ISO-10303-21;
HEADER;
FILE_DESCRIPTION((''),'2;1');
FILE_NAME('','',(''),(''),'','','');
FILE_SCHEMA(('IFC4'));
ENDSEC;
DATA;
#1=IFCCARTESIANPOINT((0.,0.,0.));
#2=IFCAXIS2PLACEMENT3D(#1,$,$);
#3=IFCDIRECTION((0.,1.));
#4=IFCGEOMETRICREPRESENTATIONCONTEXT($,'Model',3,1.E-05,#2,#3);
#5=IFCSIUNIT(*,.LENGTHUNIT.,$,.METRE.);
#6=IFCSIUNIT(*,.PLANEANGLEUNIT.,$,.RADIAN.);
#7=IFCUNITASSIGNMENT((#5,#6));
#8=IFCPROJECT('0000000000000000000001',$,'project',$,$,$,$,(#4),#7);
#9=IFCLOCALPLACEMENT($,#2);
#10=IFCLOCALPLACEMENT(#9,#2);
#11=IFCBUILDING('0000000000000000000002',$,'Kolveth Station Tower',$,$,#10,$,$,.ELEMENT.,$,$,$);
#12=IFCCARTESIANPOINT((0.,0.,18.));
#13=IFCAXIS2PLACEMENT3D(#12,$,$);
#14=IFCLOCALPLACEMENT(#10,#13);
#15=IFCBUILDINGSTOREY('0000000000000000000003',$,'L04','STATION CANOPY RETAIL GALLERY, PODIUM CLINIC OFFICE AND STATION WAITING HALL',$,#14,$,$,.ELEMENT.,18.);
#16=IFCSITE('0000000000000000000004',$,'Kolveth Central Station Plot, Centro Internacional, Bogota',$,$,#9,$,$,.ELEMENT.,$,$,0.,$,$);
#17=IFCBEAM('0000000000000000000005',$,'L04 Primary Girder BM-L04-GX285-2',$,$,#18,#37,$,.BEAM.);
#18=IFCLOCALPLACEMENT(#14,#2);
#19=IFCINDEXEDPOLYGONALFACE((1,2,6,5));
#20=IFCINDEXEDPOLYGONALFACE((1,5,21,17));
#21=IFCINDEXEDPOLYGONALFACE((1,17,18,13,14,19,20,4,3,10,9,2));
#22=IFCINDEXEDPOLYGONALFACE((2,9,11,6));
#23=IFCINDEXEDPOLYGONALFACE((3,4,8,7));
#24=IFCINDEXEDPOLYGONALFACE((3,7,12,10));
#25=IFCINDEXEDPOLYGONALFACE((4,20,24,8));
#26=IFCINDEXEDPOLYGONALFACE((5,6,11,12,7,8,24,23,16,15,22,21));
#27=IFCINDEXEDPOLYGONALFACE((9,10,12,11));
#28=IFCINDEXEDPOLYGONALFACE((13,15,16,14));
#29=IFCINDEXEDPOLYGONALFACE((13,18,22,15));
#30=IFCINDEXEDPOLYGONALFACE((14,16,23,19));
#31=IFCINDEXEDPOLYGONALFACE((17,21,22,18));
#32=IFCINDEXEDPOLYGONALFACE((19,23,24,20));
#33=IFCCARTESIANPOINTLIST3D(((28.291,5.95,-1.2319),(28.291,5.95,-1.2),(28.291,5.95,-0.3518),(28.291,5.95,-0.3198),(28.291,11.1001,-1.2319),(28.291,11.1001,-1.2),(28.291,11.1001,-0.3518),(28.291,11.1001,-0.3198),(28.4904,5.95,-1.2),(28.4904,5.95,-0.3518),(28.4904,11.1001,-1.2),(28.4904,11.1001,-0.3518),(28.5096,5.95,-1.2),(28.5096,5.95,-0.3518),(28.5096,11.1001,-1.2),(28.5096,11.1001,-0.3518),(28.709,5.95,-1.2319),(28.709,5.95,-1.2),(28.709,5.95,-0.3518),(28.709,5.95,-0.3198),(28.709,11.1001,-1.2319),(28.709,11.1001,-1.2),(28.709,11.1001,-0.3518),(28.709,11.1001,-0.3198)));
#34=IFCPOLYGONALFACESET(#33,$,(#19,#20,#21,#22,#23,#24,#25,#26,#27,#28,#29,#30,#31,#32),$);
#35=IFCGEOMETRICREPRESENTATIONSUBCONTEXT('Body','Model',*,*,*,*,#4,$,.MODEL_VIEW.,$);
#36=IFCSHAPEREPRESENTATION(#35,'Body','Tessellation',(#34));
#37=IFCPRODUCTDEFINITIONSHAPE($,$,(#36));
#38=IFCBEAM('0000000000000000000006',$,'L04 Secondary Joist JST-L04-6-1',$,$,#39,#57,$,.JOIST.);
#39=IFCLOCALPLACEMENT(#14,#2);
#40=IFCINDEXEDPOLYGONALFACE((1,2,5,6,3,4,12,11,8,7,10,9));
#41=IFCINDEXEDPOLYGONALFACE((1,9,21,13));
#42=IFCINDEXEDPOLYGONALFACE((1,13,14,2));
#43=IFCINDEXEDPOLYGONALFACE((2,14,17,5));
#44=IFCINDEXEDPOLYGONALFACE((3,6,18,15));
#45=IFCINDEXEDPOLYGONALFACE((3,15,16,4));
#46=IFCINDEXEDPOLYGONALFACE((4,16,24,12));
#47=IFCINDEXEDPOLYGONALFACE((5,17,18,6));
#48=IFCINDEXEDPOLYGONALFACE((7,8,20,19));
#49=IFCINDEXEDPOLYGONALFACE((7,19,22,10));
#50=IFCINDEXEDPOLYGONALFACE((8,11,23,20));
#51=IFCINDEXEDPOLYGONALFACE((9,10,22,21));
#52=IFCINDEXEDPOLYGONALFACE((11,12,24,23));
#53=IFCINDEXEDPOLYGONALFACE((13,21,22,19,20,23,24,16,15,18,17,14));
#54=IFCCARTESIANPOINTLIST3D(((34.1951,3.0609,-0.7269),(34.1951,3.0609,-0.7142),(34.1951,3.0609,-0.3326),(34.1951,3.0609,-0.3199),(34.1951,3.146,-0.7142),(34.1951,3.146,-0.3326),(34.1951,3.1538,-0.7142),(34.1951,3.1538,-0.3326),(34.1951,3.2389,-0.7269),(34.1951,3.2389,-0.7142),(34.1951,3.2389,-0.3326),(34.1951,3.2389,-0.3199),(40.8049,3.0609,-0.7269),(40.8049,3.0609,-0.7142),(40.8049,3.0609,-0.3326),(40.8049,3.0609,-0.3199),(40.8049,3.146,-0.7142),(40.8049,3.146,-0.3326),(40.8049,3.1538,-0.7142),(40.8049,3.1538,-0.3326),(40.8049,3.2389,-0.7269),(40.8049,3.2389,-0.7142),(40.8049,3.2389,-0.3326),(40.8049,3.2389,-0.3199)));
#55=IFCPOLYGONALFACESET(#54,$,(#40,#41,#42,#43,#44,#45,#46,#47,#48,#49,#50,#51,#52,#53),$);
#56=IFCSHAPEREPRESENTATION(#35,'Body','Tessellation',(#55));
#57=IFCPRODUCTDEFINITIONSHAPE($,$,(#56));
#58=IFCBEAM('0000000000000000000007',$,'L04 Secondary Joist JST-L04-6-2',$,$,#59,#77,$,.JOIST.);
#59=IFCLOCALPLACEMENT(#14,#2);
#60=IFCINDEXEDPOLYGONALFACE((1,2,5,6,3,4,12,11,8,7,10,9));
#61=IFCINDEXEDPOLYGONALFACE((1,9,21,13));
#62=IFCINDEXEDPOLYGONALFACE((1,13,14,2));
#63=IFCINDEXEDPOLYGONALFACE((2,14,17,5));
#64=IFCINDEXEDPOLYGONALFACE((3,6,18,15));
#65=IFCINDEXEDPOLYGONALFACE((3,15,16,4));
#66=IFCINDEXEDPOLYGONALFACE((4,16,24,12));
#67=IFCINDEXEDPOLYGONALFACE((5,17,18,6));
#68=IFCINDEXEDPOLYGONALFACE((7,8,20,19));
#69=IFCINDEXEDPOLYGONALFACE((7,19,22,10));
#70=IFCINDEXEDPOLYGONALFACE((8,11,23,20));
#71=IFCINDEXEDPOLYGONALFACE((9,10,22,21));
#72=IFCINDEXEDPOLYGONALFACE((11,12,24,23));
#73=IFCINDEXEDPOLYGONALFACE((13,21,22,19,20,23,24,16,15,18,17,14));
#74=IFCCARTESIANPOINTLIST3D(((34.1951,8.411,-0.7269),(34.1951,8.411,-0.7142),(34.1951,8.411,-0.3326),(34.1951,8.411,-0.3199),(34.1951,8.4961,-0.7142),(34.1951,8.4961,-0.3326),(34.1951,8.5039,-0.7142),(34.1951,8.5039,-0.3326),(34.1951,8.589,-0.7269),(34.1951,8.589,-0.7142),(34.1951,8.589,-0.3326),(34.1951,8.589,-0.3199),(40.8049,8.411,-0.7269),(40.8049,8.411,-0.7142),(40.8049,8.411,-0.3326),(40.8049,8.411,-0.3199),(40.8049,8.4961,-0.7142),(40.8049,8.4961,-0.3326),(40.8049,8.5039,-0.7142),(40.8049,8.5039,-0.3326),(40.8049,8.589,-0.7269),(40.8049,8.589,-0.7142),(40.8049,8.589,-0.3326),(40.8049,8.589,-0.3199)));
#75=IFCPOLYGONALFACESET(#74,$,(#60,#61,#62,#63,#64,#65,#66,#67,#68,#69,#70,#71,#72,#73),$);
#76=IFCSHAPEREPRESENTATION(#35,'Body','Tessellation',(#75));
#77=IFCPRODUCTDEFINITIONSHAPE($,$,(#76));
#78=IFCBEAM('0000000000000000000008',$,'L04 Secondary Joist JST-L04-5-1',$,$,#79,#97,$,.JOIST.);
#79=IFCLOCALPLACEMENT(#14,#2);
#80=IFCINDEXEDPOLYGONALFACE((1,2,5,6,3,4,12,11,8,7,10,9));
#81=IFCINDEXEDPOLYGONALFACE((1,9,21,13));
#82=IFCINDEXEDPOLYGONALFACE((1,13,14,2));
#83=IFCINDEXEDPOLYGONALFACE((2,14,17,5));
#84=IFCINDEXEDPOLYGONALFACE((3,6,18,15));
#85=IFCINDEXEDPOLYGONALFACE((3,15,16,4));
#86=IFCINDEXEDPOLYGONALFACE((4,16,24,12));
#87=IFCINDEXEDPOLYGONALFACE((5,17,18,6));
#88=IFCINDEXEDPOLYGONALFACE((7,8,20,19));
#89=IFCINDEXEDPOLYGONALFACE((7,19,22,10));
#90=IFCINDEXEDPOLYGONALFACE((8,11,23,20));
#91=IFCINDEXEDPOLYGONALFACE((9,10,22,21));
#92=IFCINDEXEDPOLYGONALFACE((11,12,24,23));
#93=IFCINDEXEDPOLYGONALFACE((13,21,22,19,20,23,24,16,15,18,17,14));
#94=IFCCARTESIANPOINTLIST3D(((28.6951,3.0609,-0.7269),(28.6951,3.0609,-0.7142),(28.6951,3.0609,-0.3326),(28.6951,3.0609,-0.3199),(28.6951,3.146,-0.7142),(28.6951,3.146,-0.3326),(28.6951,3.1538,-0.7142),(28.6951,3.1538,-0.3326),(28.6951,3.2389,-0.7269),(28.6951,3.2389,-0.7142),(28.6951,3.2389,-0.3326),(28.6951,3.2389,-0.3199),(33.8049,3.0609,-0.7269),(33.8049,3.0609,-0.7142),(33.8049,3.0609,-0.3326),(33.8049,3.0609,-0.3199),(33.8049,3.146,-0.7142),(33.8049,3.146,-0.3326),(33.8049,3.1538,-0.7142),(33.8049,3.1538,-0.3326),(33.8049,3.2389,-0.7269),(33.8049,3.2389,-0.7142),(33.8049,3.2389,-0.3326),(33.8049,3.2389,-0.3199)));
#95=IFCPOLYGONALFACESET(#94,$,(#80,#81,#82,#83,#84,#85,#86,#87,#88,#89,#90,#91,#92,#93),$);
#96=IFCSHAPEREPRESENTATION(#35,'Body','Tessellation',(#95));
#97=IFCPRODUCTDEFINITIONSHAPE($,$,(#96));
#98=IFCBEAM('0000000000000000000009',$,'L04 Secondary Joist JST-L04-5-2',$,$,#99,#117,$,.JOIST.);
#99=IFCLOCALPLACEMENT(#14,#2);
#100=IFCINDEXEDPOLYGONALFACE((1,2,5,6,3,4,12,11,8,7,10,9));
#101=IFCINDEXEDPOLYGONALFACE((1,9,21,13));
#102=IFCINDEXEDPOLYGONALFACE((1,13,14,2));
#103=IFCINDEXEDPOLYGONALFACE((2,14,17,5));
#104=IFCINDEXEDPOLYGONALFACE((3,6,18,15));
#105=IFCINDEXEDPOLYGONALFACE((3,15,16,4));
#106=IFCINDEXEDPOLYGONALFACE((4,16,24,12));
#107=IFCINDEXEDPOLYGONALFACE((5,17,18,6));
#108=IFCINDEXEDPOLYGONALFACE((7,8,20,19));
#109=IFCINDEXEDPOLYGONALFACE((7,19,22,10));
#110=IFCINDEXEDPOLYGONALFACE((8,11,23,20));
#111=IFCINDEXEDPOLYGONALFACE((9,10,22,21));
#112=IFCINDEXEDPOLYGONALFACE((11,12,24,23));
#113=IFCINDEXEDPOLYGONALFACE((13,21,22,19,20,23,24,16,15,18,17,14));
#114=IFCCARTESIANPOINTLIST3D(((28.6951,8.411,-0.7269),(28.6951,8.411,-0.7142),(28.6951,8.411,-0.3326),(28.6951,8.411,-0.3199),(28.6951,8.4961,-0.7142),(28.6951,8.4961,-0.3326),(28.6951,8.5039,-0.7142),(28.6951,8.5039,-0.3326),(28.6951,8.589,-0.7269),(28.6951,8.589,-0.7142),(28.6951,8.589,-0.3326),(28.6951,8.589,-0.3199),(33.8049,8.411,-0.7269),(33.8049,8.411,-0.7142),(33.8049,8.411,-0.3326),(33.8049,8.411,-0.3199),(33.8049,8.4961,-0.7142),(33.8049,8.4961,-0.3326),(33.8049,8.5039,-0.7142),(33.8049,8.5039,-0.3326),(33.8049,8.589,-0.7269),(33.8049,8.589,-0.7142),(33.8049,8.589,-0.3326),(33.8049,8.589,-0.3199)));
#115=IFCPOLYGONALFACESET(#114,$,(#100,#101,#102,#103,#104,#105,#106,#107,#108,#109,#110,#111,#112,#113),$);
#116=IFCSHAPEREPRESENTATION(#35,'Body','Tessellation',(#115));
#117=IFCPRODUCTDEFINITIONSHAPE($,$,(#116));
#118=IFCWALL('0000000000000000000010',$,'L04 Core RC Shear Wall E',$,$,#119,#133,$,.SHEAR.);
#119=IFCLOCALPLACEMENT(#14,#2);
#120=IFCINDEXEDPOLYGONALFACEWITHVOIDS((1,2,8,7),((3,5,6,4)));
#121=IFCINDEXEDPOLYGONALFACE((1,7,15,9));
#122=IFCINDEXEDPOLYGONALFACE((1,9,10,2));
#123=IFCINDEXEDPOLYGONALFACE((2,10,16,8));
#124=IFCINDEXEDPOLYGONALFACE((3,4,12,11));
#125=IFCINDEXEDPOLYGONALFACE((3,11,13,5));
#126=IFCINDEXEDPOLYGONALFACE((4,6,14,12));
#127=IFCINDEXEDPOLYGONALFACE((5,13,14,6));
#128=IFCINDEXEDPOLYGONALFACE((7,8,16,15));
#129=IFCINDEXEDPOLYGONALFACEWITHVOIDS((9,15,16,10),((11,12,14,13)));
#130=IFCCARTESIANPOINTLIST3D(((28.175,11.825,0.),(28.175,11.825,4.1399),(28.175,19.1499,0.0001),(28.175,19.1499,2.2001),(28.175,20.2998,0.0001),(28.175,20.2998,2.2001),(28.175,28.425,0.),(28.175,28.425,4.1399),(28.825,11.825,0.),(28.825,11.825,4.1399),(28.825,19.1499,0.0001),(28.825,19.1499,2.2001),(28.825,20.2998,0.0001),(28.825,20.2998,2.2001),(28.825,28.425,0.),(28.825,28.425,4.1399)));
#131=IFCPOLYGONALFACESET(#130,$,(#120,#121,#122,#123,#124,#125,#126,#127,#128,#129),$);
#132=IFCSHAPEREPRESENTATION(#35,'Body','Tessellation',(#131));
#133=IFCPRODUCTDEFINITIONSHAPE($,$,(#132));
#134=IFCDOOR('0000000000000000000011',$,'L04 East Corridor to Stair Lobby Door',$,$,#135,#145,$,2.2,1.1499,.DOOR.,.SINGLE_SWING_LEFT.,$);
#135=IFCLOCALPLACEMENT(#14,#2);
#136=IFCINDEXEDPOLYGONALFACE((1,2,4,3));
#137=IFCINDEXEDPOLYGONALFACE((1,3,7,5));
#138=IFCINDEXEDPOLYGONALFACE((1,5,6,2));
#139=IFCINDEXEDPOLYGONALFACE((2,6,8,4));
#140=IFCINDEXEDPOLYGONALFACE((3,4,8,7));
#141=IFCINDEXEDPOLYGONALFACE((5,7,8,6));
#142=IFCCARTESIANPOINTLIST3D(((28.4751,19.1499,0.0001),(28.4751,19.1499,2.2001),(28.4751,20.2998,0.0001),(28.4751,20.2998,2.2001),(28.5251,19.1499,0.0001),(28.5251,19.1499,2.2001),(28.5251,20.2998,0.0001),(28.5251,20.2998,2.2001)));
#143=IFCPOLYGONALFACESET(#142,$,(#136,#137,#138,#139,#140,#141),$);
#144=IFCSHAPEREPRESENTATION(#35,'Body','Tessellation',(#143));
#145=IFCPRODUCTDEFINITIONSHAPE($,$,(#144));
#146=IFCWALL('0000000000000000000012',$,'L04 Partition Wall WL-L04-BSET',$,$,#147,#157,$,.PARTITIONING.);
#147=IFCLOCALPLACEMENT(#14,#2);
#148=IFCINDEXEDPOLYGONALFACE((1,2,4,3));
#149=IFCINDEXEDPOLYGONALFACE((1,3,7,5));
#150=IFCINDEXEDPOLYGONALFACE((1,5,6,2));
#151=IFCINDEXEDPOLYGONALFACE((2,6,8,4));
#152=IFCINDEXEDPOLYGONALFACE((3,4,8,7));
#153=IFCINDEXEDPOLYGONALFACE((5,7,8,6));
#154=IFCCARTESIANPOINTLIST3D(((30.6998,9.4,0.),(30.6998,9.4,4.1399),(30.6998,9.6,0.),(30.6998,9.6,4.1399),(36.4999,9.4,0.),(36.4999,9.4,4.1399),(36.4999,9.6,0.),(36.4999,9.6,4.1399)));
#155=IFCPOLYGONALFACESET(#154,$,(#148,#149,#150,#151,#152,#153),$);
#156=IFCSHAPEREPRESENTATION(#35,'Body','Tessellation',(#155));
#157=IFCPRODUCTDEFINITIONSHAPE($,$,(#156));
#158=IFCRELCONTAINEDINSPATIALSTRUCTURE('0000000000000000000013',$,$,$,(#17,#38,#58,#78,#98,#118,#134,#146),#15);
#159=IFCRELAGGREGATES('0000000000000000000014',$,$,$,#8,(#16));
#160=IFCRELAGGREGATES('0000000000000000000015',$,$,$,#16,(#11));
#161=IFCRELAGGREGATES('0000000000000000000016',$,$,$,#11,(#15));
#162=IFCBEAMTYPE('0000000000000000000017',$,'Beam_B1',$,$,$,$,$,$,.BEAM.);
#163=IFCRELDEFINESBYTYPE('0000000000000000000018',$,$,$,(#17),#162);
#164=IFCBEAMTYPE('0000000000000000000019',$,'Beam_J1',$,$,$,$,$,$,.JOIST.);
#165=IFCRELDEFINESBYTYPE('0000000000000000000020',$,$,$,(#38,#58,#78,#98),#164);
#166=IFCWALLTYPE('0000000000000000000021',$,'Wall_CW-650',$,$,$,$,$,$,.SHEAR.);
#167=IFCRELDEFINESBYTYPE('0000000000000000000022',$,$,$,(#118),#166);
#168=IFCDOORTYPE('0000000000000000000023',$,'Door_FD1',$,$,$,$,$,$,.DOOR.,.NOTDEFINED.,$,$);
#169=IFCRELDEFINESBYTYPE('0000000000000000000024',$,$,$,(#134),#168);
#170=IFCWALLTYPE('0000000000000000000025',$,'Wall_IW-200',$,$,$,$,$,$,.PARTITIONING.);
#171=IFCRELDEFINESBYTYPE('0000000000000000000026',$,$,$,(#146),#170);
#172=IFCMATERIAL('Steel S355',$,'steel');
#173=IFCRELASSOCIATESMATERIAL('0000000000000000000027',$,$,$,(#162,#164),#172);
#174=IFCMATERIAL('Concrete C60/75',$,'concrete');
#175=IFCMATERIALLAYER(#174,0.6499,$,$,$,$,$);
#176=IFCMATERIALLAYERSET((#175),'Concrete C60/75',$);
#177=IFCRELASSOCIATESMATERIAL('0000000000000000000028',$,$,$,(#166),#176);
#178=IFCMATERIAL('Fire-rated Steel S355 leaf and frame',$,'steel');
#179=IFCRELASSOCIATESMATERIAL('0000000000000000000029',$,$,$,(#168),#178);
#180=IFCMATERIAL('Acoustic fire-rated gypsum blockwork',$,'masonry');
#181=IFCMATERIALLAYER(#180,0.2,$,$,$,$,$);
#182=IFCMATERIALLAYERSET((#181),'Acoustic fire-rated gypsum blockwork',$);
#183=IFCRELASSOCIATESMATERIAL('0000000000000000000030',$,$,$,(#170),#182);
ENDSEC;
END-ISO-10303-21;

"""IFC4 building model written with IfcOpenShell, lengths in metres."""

from ifc_helpers import new_model, si_unit, direction, frame, frame_2d, origin, origin_2d, place, context, subcontext, project, spatial, rectangle, i_section, extrude, source, transform, mapped, material, layer, layer_set, material_profile, profile_set, type_object, element, fill, save


model = new_model("IFC4")

# Units and contexts
model_context = context("Model", 3, precision=1e-05, world=origin(), true_north=direction((0.0, 1.0)))
body_context = subcontext(model_context, "Body", "Model", "MODEL_VIEW")
ifc_project = project(units=[si_unit("LENGTHUNIT", "METRE"), si_unit("PLANEANGLEUNIT", "RADIAN")], contexts=[model_context])

# Site, building, storey
site_placement = place(None, origin())
site = spatial("IfcSite", under=ifc_project, at=site_placement, Name="Kolveth Central Station Plot, Centro Internacional, Bogota", CompositionType="ELEMENT", RefElevation=0.0)
building_placement = place(site_placement, origin())
building = spatial("IfcBuilding", under=site, at=building_placement, Name="Kolveth Station Tower", CompositionType="ELEMENT")
storey_placement = place(building_placement, frame((0.0, 0.0, 18.0)))
storey = spatial("IfcBuildingStorey", under=building, at=storey_placement, Name="L04", Description="STATION CANOPY RETAIL GALLERY, PODIUM CLINIC OFFICE AND STATION WAITING HALL", CompositionType="ELEMENT", Elevation=18.0)

# Beams
ifc_material_1 = material(Name="Steel S355", Category="steel")
ifc_material_profile_1 = material_profile(ifc_material_1, i_section(OverallWidth=0.418, OverallDepth=0.9121, WebThickness=0.0193, FlangeThickness=0.032, at=origin_2d()), Name="W920x342")
ifc_profile_set_1 = profile_set([ifc_material_profile_1], Name="Steel S355")
beam_type_1 = type_object("IfcBeamType", Name="Beam_B1", PredefinedType="BEAM", material=ifc_profile_set_1)
shared_shape_1 = source(origin(), body_context, "Body", "SweptSolid", [
    extrude(i_section(OverallWidth=0.418, OverallDepth=0.9121, WebThickness=0.0193, FlangeThickness=0.032, at=origin_2d()), origin(), (0.0, 0.0, 1.0), 5.1501),
])
beam_1_placement = place(storey_placement, frame((28.5, 5.95, -0.7759), z_axis=(0.0, 1.0, 0.0), x_axis=(-1.0, 0.0, 0.0)))
element("IfcBeam", 1, at=beam_1_placement, inside=storey, type_object=beam_type_1, Name="L04 Primary Girder BM-L04-GX285-2", PredefinedType="BEAM", context=body_context, shape_type="MappedRepresentation", body=[
    mapped(shared_shape_1, transform((0.0, 0.0, 0.0), x_axis=(1.0, 0.0, 0.0), y_axis=(0.0, 1.0, 0.0), z_axis=(0.0, 0.0, 1.0), scale=1.0)),
])
ifc_material_profile_2 = material_profile(ifc_material_1, i_section(OverallWidth=0.178, OverallDepth=0.407, WebThickness=0.0078, FlangeThickness=0.0127, at=origin_2d()), Name="W410x60")
ifc_profile_set_2 = profile_set([ifc_material_profile_2], Name="Steel S355")
beam_type_2 = type_object("IfcBeamType", Name="Beam_J1", PredefinedType="JOIST", material=ifc_profile_set_2)
shared_shape_2 = source(origin(), body_context, "Body", "SweptSolid", [
    extrude(i_section(OverallWidth=0.178, OverallDepth=0.407, WebThickness=0.0078, FlangeThickness=0.0127, at=origin_2d()), origin(), (0.0, 0.0, 1.0), 6.6099),
])
for number, where, z_axis, x_axis, name in (
    (2, (34.1951, 3.1499, -0.5234), (1.0, 0.0, 0.0), (0.0, 1.0, 0.0), "L04 Secondary Joist JST-L04-6-1"),
    (3, (34.1951, 8.5, -0.5234), (1.0, 0.0, 0.0), (0.0, 1.0, 0.0), "L04 Secondary Joist JST-L04-6-2"),
):
    element("IfcBeam", number, at=place(storey_placement, frame(where, z_axis=z_axis, x_axis=x_axis)), inside=storey, type_object=beam_type_2, Name=name, PredefinedType="JOIST", context=body_context, shape_type="MappedRepresentation", body=[
        mapped(shared_shape_2, transform((0.0, 0.0, 0.0), x_axis=(1.0, 0.0, 0.0), y_axis=(0.0, 1.0, 0.0), z_axis=(0.0, 0.0, 1.0), scale=1.0)),
    ])
shared_shape_3 = source(origin(), body_context, "Body", "SweptSolid", [
    extrude(i_section(OverallWidth=0.178, OverallDepth=0.407, WebThickness=0.0078, FlangeThickness=0.0127, at=origin_2d()), origin(), (0.0, 0.0, 1.0), 5.1099),
])
for number, where, z_axis, x_axis, name in (
    (4, (28.6951, 3.1499, -0.5234), (1.0, 0.0, 0.0), (0.0, 1.0, 0.0), "L04 Secondary Joist JST-L04-5-1"),
    (5, (28.6951, 8.5, -0.5234), (1.0, 0.0, 0.0), (0.0, 1.0, 0.0), "L04 Secondary Joist JST-L04-5-2"),
):
    element("IfcBeam", number, at=place(storey_placement, frame(where, z_axis=z_axis, x_axis=x_axis)), inside=storey, type_object=beam_type_2, Name=name, PredefinedType="JOIST", context=body_context, shape_type="MappedRepresentation", body=[
        mapped(shared_shape_3, transform((0.0, 0.0, 0.0), x_axis=(1.0, 0.0, 0.0), y_axis=(0.0, 1.0, 0.0), z_axis=(0.0, 0.0, 1.0), scale=1.0)),
    ])

# Wall, opening, door
ifc_material_2 = material(Name="Concrete C60/75", Category="concrete")
ifc_layer_1 = layer(ifc_material_2, 0.6499)
ifc_layer_set_1 = layer_set([ifc_layer_1], Name="Concrete C60/75")
wall_type_1 = type_object("IfcWallType", Name="Wall_CW-650", PredefinedType="SHEAR", material=ifc_layer_set_1)
wall_1_placement = place(storey_placement, frame((28.5, 11.825, 0.0), z_axis=(0.0, 0.0, 1.0), x_axis=(0.0, 1.0, 0.0)))
wall_1 = element("IfcWall", 6, at=wall_1_placement, inside=storey, type_object=wall_type_1, Name="L04 Core RC Shear Wall E", PredefinedType="SHEAR", context=body_context, shape_type="SweptSolid", body=[
    extrude(rectangle(XDim=16.6001, YDim=0.6499, at=frame_2d((8.3, 0.0))), origin(), (0.0, 0.0, 1.0), 4.1399),
])
opening_1_placement = place(wall_1_placement, frame((7.325, 0.0, 0.0)))
opening_1 = element("IfcOpeningElement", 7, at=opening_1_placement, cuts=wall_1, PredefinedType="OPENING", context=body_context, shape_type="SweptSolid", body=[
    extrude(rectangle(XDim=1.1499, YDim=2.2, at=frame_2d((0.575, 1.1001))), frame((0.0, 0.335, 0.0), z_axis=(0.0, -1.0, 0.0), x_axis=(1.0, 0.0, 0.0)), (0.0, 0.0, 1.0), 0.6699),
])
ifc_material_3 = material(Name="Fire-rated Steel S355 leaf and frame", Category="steel")
door_type_1 = type_object("IfcDoorType", Name="Door_FD1", OperationType="NOTDEFINED", PredefinedType="DOOR", material=ifc_material_3)
door_1_placement = place(opening_1_placement, origin())
door_1 = element("IfcDoor", 8, at=door_1_placement, inside=storey, type_object=door_type_1, Name="L04 East Corridor to Stair Lobby Door", OperationType="SINGLE_SWING_LEFT", OverallHeight=2.2, OverallWidth=1.1499, PredefinedType="DOOR", context=body_context, shape_type="SweptSolid", body=[
    extrude(rectangle(XDim=1.1499, YDim=2.2, at=frame_2d((0.575, 1.1001))), frame((0.0, 0.0249, 0.0), z_axis=(0.0, -1.0, 0.0), x_axis=(1.0, 0.0, 0.0)), (0.0, 0.0, 1.0), 0.05),
])
fill(opening_1, door_1)

# Wall
ifc_material_4 = material(Name="Acoustic fire-rated gypsum blockwork", Category="masonry")
ifc_layer_2 = layer(ifc_material_4, 0.2)
ifc_layer_set_2 = layer_set([ifc_layer_2], Name="Acoustic fire-rated gypsum blockwork")
wall_type_2 = type_object("IfcWallType", Name="Wall_IW-200", PredefinedType="PARTITIONING", material=ifc_layer_set_2)
wall_2_placement = place(storey_placement, frame((30.7, 9.5, 0.0), z_axis=(0.0, 0.0, 1.0), x_axis=(1.0, 0.0, 0.0)))
element("IfcWall", 9, at=wall_2_placement, inside=storey, type_object=wall_type_2, Name="L04 Partition Wall WL-L04-BSET", PredefinedType="PARTITIONING", context=body_context, shape_type="SweptSolid", body=[
    extrude(rectangle(XDim=5.8, YDim=0.2, at=frame_2d((2.8999, 0.0))), origin(), (0.0, 0.0, 1.0), 4.1399),
])

save(model, "model.ifc")
